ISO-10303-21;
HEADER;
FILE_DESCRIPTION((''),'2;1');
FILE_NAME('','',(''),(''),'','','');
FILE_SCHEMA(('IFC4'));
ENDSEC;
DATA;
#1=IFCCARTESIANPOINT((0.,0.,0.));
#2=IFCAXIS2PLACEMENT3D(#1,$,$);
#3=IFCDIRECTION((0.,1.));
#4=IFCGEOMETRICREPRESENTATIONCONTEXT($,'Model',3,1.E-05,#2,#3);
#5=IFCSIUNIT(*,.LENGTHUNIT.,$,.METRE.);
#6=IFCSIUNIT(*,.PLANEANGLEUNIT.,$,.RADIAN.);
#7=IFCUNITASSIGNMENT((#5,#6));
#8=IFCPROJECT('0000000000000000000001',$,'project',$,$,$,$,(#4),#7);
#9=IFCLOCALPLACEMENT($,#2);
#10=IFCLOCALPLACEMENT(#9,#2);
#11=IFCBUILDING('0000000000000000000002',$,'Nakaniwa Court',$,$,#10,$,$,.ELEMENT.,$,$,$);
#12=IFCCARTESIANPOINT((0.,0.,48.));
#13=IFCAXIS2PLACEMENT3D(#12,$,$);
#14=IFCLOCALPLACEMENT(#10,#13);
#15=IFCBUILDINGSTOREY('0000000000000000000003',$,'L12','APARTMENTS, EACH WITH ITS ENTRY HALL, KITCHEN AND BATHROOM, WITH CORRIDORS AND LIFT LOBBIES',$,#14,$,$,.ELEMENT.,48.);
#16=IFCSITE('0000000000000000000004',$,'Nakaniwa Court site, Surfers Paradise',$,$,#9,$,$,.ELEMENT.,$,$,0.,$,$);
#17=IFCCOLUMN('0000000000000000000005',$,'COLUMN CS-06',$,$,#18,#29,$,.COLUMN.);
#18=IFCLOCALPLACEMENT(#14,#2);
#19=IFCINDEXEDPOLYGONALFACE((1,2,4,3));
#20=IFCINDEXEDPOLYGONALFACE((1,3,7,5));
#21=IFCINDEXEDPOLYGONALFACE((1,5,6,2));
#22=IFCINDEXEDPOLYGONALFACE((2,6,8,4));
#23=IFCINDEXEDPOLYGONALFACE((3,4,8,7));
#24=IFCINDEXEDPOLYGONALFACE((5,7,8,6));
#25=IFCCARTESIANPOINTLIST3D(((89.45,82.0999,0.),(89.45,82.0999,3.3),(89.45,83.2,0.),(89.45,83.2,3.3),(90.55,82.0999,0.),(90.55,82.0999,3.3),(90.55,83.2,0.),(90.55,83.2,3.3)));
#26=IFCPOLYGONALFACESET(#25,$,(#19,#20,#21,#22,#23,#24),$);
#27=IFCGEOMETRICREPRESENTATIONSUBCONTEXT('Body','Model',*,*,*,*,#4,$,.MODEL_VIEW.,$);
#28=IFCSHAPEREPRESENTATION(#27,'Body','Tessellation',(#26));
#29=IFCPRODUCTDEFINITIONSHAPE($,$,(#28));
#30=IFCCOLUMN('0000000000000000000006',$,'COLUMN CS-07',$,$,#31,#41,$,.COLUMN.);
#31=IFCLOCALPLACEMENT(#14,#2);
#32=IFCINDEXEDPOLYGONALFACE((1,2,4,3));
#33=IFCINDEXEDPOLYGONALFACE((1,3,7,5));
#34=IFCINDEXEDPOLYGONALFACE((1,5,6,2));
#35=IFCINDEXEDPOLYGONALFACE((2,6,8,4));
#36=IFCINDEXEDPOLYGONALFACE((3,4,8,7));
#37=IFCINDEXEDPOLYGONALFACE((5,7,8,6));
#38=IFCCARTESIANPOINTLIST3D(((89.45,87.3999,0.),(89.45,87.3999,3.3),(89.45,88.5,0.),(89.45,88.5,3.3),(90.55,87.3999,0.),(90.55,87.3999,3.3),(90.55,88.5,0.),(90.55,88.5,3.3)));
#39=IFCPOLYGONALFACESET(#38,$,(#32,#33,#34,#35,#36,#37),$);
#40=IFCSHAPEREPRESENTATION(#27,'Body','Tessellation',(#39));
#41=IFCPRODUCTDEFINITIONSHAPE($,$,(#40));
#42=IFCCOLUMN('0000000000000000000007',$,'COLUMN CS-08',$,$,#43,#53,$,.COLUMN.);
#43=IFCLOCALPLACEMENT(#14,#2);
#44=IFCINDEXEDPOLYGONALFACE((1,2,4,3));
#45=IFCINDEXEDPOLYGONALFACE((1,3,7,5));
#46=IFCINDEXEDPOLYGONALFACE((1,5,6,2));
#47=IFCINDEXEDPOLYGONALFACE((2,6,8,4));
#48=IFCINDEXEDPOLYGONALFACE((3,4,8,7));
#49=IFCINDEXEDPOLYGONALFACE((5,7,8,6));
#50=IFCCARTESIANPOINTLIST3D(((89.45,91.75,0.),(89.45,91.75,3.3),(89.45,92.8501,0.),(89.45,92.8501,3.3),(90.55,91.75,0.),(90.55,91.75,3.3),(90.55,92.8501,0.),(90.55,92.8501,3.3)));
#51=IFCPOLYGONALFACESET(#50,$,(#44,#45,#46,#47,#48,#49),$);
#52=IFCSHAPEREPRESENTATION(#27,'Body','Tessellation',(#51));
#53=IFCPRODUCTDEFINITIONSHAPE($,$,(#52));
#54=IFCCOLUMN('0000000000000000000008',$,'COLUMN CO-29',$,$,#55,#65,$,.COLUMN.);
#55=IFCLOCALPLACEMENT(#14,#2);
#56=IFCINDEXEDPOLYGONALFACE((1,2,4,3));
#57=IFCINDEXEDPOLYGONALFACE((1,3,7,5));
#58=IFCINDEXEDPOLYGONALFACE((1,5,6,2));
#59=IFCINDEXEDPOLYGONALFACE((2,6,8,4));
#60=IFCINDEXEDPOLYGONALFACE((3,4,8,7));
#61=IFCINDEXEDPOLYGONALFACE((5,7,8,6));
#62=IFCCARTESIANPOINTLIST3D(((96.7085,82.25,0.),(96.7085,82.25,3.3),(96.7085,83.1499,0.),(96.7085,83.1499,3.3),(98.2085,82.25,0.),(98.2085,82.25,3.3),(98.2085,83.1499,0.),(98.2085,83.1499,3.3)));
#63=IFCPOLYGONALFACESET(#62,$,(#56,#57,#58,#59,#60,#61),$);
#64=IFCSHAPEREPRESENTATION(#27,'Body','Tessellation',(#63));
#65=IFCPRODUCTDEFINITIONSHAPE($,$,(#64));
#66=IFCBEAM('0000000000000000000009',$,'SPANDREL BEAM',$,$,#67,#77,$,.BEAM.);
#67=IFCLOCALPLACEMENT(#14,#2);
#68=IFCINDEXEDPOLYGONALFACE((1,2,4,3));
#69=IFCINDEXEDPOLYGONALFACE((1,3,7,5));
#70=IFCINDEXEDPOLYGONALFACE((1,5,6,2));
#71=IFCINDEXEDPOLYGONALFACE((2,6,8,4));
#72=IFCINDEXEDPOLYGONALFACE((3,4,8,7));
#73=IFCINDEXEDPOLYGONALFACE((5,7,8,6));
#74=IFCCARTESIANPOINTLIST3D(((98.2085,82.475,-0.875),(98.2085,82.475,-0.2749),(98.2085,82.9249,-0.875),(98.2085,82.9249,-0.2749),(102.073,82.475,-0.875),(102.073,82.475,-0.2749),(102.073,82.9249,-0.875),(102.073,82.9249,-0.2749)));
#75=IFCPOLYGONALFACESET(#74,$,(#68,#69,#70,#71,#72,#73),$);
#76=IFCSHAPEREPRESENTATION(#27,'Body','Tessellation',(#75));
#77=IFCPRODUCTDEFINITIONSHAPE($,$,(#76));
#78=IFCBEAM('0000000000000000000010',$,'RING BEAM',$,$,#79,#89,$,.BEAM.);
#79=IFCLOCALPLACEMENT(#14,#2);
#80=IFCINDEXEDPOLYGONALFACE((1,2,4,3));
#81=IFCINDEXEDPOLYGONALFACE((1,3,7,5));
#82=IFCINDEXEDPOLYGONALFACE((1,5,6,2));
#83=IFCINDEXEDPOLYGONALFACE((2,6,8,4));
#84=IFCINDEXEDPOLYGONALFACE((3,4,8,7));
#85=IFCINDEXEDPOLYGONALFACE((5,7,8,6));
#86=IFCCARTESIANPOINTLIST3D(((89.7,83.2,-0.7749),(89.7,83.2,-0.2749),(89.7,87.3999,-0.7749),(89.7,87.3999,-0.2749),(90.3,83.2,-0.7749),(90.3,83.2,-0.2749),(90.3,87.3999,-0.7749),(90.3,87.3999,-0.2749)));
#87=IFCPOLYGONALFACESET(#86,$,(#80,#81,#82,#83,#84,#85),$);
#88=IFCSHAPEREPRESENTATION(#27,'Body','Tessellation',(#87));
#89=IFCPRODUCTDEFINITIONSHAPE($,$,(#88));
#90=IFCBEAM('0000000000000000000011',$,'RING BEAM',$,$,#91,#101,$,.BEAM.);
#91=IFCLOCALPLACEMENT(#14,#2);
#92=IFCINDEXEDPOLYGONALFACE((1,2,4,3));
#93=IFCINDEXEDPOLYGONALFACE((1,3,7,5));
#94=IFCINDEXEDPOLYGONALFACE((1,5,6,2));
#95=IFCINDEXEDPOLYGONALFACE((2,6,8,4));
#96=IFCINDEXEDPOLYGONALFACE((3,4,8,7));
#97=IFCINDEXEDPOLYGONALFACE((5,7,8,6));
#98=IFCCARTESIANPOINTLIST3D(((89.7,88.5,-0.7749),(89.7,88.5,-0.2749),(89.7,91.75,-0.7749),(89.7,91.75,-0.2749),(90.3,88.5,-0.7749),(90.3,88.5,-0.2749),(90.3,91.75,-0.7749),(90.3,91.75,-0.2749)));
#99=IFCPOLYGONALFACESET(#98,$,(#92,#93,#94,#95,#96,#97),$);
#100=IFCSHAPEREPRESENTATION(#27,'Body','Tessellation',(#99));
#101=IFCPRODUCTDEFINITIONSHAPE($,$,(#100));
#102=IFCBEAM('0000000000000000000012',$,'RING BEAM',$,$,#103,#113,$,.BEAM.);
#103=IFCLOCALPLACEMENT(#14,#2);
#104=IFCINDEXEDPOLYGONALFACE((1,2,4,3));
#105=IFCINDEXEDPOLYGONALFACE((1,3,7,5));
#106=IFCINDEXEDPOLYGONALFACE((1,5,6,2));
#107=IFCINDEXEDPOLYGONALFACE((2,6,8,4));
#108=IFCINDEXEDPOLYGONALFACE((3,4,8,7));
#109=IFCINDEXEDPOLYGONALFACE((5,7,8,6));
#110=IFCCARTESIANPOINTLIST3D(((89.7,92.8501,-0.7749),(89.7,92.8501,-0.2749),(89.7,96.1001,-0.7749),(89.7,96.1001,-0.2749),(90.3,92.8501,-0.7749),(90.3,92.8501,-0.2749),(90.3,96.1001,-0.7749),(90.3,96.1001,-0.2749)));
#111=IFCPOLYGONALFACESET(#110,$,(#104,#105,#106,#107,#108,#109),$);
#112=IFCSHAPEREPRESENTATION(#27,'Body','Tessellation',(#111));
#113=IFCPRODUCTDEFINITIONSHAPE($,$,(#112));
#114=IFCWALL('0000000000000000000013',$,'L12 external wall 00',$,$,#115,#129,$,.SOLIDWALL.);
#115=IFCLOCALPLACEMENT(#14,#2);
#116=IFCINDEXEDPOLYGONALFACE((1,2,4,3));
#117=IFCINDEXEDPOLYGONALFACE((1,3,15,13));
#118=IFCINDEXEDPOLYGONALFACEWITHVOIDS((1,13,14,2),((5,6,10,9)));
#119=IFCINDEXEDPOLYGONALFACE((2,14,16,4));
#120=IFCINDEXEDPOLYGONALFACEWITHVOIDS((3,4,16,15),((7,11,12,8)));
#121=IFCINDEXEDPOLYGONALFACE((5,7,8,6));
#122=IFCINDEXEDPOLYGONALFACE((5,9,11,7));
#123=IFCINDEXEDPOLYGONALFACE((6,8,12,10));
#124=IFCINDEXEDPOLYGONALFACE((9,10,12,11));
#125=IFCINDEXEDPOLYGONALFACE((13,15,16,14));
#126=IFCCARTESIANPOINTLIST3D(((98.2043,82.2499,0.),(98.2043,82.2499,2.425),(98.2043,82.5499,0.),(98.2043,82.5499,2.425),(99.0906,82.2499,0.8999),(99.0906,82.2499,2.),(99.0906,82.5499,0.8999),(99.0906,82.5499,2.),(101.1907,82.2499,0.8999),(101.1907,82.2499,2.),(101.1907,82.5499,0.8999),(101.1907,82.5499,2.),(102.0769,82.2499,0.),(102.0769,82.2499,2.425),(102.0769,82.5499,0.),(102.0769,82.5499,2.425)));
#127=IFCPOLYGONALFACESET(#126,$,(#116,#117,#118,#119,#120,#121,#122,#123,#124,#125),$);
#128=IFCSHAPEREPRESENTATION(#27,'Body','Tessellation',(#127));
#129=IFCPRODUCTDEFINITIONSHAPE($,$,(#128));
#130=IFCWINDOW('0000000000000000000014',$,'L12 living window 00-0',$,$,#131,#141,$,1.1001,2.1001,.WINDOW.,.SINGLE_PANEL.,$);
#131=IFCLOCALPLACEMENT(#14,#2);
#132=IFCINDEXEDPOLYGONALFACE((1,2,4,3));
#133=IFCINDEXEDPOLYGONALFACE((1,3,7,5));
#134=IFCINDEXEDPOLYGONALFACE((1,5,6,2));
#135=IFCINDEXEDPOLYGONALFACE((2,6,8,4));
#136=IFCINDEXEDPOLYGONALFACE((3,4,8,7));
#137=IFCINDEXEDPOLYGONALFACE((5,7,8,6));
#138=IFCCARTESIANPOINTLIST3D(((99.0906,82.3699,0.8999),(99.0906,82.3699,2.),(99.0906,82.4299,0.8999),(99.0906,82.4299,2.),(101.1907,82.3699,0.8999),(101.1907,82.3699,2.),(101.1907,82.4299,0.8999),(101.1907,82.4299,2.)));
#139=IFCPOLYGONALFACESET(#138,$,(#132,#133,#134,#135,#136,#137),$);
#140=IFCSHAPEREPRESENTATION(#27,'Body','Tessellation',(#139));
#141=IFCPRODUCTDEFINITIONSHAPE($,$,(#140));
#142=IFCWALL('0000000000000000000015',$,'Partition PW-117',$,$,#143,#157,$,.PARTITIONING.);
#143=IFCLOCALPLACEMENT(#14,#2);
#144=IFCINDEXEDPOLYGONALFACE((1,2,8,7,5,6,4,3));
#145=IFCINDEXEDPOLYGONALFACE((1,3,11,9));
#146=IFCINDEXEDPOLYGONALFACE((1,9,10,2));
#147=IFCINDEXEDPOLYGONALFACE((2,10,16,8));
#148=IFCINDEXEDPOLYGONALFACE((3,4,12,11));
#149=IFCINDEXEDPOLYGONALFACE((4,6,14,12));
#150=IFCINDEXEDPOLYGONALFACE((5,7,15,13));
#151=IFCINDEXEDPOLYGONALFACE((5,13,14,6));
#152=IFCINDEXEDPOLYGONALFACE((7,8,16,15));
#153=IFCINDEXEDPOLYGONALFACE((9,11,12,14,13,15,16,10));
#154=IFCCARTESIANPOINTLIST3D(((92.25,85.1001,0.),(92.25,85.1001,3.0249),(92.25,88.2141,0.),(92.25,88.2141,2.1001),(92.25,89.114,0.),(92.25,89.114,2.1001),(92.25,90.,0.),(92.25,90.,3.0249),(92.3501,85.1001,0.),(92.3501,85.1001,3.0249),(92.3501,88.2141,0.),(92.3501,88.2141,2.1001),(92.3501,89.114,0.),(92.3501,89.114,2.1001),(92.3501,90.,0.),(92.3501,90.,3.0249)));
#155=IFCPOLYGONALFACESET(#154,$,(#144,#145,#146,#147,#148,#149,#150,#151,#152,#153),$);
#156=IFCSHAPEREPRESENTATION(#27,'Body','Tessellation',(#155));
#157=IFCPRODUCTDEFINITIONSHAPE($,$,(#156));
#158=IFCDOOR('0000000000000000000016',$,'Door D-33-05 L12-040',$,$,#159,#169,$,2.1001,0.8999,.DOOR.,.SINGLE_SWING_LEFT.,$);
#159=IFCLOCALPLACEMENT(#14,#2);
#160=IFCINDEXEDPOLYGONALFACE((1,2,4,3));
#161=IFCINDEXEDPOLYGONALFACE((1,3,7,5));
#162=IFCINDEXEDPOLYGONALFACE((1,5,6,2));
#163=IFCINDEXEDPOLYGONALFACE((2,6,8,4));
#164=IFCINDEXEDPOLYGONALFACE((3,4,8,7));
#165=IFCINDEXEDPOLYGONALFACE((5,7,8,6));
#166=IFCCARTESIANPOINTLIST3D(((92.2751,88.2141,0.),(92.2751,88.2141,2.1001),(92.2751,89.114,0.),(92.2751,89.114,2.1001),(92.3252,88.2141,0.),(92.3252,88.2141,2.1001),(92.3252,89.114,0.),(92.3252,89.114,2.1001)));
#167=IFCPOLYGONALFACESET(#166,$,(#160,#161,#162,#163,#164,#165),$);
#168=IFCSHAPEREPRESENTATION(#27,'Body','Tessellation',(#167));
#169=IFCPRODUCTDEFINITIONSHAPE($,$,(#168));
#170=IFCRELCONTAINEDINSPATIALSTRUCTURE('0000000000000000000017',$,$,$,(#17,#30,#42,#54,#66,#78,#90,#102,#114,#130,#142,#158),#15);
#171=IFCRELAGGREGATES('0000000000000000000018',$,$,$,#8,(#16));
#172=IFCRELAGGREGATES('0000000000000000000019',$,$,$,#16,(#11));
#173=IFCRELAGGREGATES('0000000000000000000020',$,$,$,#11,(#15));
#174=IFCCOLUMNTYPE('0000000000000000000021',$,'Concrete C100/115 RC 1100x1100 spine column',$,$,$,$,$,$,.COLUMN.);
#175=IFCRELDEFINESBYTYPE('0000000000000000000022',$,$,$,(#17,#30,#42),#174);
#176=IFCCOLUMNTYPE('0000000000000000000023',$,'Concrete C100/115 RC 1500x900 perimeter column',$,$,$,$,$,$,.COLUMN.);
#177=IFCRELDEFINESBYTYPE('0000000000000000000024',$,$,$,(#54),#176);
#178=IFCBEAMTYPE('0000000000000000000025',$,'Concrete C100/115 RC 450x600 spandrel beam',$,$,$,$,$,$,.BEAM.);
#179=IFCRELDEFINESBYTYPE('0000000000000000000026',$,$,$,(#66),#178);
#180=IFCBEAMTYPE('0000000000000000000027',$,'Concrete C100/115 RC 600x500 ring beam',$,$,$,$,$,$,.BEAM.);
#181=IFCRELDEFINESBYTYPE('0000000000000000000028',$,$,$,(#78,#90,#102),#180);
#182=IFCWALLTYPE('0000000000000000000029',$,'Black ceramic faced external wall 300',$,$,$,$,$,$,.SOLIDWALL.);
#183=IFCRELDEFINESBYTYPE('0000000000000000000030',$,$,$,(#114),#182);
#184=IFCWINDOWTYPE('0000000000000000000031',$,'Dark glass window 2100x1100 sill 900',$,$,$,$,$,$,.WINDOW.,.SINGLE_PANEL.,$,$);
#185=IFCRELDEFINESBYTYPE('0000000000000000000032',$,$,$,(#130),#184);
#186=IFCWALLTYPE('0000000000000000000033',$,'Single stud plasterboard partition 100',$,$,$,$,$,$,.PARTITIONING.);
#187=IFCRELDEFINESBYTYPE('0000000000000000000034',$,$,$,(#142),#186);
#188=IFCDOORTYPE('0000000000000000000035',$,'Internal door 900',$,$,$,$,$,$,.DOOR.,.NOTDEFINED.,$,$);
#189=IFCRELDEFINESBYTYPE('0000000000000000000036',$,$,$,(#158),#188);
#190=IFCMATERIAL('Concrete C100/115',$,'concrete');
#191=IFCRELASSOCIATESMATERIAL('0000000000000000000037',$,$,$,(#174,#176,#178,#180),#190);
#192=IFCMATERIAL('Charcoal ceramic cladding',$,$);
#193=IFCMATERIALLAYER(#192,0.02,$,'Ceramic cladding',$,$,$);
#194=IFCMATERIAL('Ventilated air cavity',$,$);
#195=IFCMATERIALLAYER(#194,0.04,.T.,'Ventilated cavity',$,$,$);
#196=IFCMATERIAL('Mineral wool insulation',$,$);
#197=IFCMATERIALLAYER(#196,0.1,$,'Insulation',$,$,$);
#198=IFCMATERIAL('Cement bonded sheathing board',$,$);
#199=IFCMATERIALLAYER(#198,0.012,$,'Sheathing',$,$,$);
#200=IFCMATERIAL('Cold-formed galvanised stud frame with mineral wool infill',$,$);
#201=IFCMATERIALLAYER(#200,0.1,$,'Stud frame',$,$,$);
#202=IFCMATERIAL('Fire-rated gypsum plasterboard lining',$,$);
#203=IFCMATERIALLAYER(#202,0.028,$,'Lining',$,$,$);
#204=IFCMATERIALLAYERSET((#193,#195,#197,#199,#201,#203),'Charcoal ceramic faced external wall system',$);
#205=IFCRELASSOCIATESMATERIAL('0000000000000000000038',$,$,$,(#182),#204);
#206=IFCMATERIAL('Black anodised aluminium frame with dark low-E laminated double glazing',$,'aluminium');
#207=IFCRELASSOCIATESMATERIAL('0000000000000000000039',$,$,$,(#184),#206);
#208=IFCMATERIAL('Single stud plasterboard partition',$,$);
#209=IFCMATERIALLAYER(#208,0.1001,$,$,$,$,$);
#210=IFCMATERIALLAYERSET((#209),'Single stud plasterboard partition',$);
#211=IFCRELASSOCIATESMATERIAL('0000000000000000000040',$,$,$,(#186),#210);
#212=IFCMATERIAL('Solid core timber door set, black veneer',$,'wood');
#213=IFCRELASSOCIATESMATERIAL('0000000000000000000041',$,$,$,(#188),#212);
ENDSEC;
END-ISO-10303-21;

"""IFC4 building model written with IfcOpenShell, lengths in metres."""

from ifc_helpers import new_model, si_unit, direction, frame, frame_2d, origin, origin_2d, place, context, subcontext, project, spatial, rectangle, extrude, material, layer, layer_set, material_profile, profile_set, type_object, element, fill, save


model = new_model("IFC4")

# Units and contexts
model_context = context("Model", 3, precision=1e-05, world=origin(), true_north=direction((0.0, 1.0)))
body_context = subcontext(model_context, "Body", "Model", "MODEL_VIEW")
ifc_project = project(units=[si_unit("LENGTHUNIT", "METRE"), si_unit("PLANEANGLEUNIT", "RADIAN")], contexts=[model_context])

# Site, building, storey
site_placement = place(None, origin())
site = spatial("IfcSite", under=ifc_project, at=site_placement, Name="Nakaniwa Court site, Surfers Paradise", CompositionType="ELEMENT", RefElevation=0.0)
building_placement = place(site_placement, origin())
building = spatial("IfcBuilding", under=site, at=building_placement, Name="Nakaniwa Court", CompositionType="ELEMENT")
storey_placement = place(building_placement, frame((0.0, 0.0, 48.0)))
storey = spatial("IfcBuildingStorey", under=building, at=storey_placement, Name="L12", Description="APARTMENTS, EACH WITH ITS ENTRY HALL, KITCHEN AND BATHROOM, WITH CORRIDORS AND LIFT LOBBIES", CompositionType="ELEMENT", Elevation=48.0)

# Columns
ifc_material_1 = material(Name="Concrete C100/115", Category="concrete")
ifc_material_profile_1 = material_profile(ifc_material_1, rectangle(XDim=1.1001, YDim=1.1001, at=origin_2d()), Name="Concrete C100/115 RC 1100x1100 spine column")
ifc_profile_set_1 = profile_set([ifc_material_profile_1], Name="Concrete C100/115")
column_type_1 = type_object("IfcColumnType", Name="Concrete C100/115 RC 1100x1100 spine column", PredefinedType="COLUMN", material=ifc_profile_set_1)
for number, where, z_axis, x_axis, name in (
    (1, (90.0, 82.6499, 0.0), (0.0, 0.0, 1.0), (0.0, 1.0, 0.0), "COLUMN CS-06"),
    (2, (90.0, 87.95, 0.0), (0.0, 0.0, 1.0), (0.0, 1.0, 0.0), "COLUMN CS-07"),
    (3, (90.0, 92.3, 0.0), (0.0, 0.0, 1.0), (0.0, 1.0, 0.0), "COLUMN CS-08"),
):
    element("IfcColumn", number, at=place(storey_placement, frame(where, z_axis=z_axis, x_axis=x_axis)), inside=storey, type_object=column_type_1, Name=name, PredefinedType="COLUMN", context=body_context, shape_type="SweptSolid", body=[
        extrude(rectangle(XDim=1.1001, YDim=1.1001, at=origin_2d()), origin(), (0.0, 0.0, 1.0), 3.3),
    ])
ifc_material_profile_2 = material_profile(ifc_material_1, rectangle(XDim=1.5, YDim=0.8999, at=origin_2d()), Name="Concrete C100/115 RC 1500x900 perimeter column")
ifc_profile_set_2 = profile_set([ifc_material_profile_2], Name="Concrete C100/115")
column_type_2 = type_object("IfcColumnType", Name="Concrete C100/115 RC 1500x900 perimeter column", PredefinedType="COLUMN", material=ifc_profile_set_2)
column_placement = place(storey_placement, frame((97.4585, 82.7, 0.0), z_axis=(0.0, 0.0, 1.0), x_axis=(1.0, 0.0, 0.0)))
element("IfcColumn", 4, at=column_placement, inside=storey, type_object=column_type_2, Name="COLUMN CO-29", PredefinedType="COLUMN", context=body_context, shape_type="SweptSolid", body=[
    extrude(rectangle(XDim=1.5, YDim=0.8999, at=origin_2d()), origin(), (0.0, 0.0, 1.0), 3.3),
])

# Beams
ifc_material_profile_3 = material_profile(ifc_material_1, rectangle(XDim=0.45, YDim=0.6001, at=origin_2d()), Name="Concrete C100/115 RC 450x600 spandrel beam")
ifc_profile_set_3 = profile_set([ifc_material_profile_3], Name="Concrete C100/115")
beam_type_1 = type_object("IfcBeamType", Name="Concrete C100/115 RC 450x600 spandrel beam", PredefinedType="BEAM", material=ifc_profile_set_3)
beam_1_placement = place(storey_placement, frame((98.2085, 82.7, -0.575), z_axis=(1.0, 0.0, 0.0), x_axis=(0.0, 1.0, 0.0)))
element("IfcBeam", 5, at=beam_1_placement, inside=storey, type_object=beam_type_1, Name="SPANDREL BEAM", PredefinedType="BEAM", context=body_context, shape_type="SweptSolid", body=[
    extrude(rectangle(XDim=0.45, YDim=0.6001, at=origin_2d()), origin(), (0.0, 0.0, 1.0), 3.8645),
])
ifc_material_profile_4 = material_profile(ifc_material_1, rectangle(XDim=0.6001, YDim=0.5, at=origin_2d()), Name="Concrete C100/115 RC 600x500 ring beam")
ifc_profile_set_4 = profile_set([ifc_material_profile_4], Name="Concrete C100/115")
beam_type_2 = type_object("IfcBeamType", Name="Concrete C100/115 RC 600x500 ring beam", PredefinedType="BEAM", material=ifc_profile_set_4)
beam_2_placement = place(storey_placement, frame((90.0, 83.2, -0.5249), z_axis=(0.0, 1.0, 0.0), x_axis=(-1.0, 0.0, 0.0)))
element("IfcBeam", 6, at=beam_2_placement, inside=storey, type_object=beam_type_2, Name="RING BEAM", PredefinedType="BEAM", context=body_context, shape_type="SweptSolid", body=[
    extrude(rectangle(XDim=0.6001, YDim=0.5, at=origin_2d()), origin(), (0.0, 0.0, 1.0), 4.2),
])
for number, where, z_axis, x_axis, name in (
    (7, (90.0, 88.5, -0.5249), (0.0, 1.0, 0.0), (-1.0, 0.0, 0.0), "RING BEAM"),
    (8, (90.0, 92.8501, -0.5249), (0.0, 1.0, 0.0), (-1.0, 0.0, 0.0), "RING BEAM"),
):
    element("IfcBeam", number, at=place(storey_placement, frame(where, z_axis=z_axis, x_axis=x_axis)), inside=storey, type_object=beam_type_2, Name=name, PredefinedType="BEAM", context=body_context, shape_type="SweptSolid", body=[
        extrude(rectangle(XDim=0.6001, YDim=0.5, at=origin_2d()), origin(), (0.0, 0.0, 1.0), 3.25),
    ])

# Wall, opening, window
ifc_material_2 = material(Name="Charcoal ceramic cladding")
ifc_layer_1 = layer(ifc_material_2, 0.02, Name="Ceramic cladding")
ifc_material_3 = material(Name="Ventilated air cavity")
ifc_layer_2 = layer(ifc_material_3, 0.04, ventilated=True, Name="Ventilated cavity")
ifc_material_4 = material(Name="Mineral wool insulation")
ifc_layer_3 = layer(ifc_material_4, 0.1, Name="Insulation")
ifc_material_5 = material(Name="Cement bonded sheathing board")
ifc_layer_4 = layer(ifc_material_5, 0.012, Name="Sheathing")
ifc_material_6 = material(Name="Cold-formed galvanised stud frame with mineral wool infill")
ifc_layer_5 = layer(ifc_material_6, 0.1, Name="Stud frame")
ifc_material_7 = material(Name="Fire-rated gypsum plasterboard lining")
ifc_layer_6 = layer(ifc_material_7, 0.028, Name="Lining")
ifc_layer_set_1 = layer_set([ifc_layer_1, ifc_layer_2, ifc_layer_3, ifc_layer_4, ifc_layer_5, ifc_layer_6], Name="Charcoal ceramic faced external wall system")
wall_type_1 = type_object("IfcWallType", Name="Black ceramic faced external wall 300", PredefinedType="SOLIDWALL", material=ifc_layer_set_1)
wall_1_placement = place(storey_placement, frame((98.2043, 82.3999, 0.0), z_axis=(0.0, 0.0, 1.0), x_axis=(1.0, 0.0, 0.0)))
wall_1 = element("IfcWall", 9, at=wall_1_placement, inside=storey, type_object=wall_type_1, Name="L12 external wall 00", PredefinedType="SOLIDWALL", context=body_context, shape_type="SweptSolid", body=[
    extrude(rectangle(XDim=3.8726, YDim=0.3, at=frame_2d((1.9363, 0.0))), origin(), (0.0, 0.0, 1.0), 2.425),
])
opening_1_placement = place(wall_1_placement, frame((0.8862, 0.0, 0.8999)))
opening_1 = element("IfcOpeningElement", 10, at=opening_1_placement, cuts=wall_1, PredefinedType="OPENING", context=body_context, shape_type="SweptSolid", body=[
    extrude(rectangle(XDim=2.1001, YDim=1.1001, at=frame_2d((1.05, 0.55))), frame((0.0, 0.1599, 0.0), z_axis=(0.0, -1.0, 0.0), x_axis=(1.0, 0.0, 0.0)), (0.0, 0.0, 1.0), 0.3201),
])
ifc_material_8 = material(Name="Black anodised aluminium frame with dark low-E laminated double glazing", Category="aluminium")
window_type = type_object("IfcWindowType", Name="Dark glass window 2100x1100 sill 900", PartitioningType="SINGLE_PANEL", PredefinedType="WINDOW", material=ifc_material_8)
window_placement = place(opening_1_placement, origin())
window = element("IfcWindow", 11, at=window_placement, inside=storey, type_object=window_type, Name="L12 living window 00-0", OverallHeight=1.1001, OverallWidth=2.1001, PartitioningType="SINGLE_PANEL", PredefinedType="WINDOW", context=body_context, shape_type="SweptSolid", body=[
    extrude(rectangle(XDim=2.1001, YDim=1.1001, at=frame_2d((1.05, 0.55))), frame((0.0, 0.03, 0.0), z_axis=(0.0, -1.0, 0.0), x_axis=(1.0, 0.0, 0.0)), (0.0, 0.0, 1.0), 0.0601),
])
fill(opening_1, window)

# Wall, opening, door
ifc_material_9 = material(Name="Single stud plasterboard partition")
ifc_layer_7 = layer(ifc_material_9, 0.1001)
ifc_layer_set_2 = layer_set([ifc_layer_7], Name="Single stud plasterboard partition")
wall_type_2 = type_object("IfcWallType", Name="Single stud plasterboard partition 100", PredefinedType="PARTITIONING", material=ifc_layer_set_2)
wall_2_placement = place(storey_placement, frame((92.3, 85.1001, 0.0), z_axis=(0.0, 0.0, 1.0), x_axis=(0.0, 1.0, 0.0)))
wall_2 = element("IfcWall", 12, at=wall_2_placement, inside=storey, type_object=wall_type_2, Name="Partition PW-117", PredefinedType="PARTITIONING", context=body_context, shape_type="SweptSolid", body=[
    extrude(rectangle(XDim=4.8999, YDim=0.1001, at=frame_2d((2.45, 0.0))), origin(), (0.0, 0.0, 1.0), 3.0249),
])
opening_2_placement = place(wall_2_placement, frame((3.114, 0.0, 0.0)))
opening_2 = element("IfcOpeningElement", 13, at=opening_2_placement, cuts=wall_2, PredefinedType="OPENING", context=body_context, shape_type="SweptSolid", body=[
    extrude(rectangle(XDim=0.8999, YDim=2.1001, at=frame_2d((0.45, 1.05))), frame((0.0, 0.0601, 0.0), z_axis=(0.0, -1.0, 0.0), x_axis=(1.0, 0.0, 0.0)), (0.0, 0.0, 1.0), 0.1201),
])
ifc_material_10 = material(Name="Solid core timber door set, black veneer", Category="wood")
door_type = type_object("IfcDoorType", Name="Internal door 900", OperationType="NOTDEFINED", PredefinedType="DOOR", material=ifc_material_10)
door_1_placement = place(opening_2_placement, origin())
door_1 = element("IfcDoor", 14, at=door_1_placement, inside=storey, type_object=door_type, Name="Door D-33-05 L12-040", OperationType="SINGLE_SWING_LEFT", OverallHeight=2.1001, OverallWidth=0.8999, PredefinedType="DOOR", context=body_context, shape_type="SweptSolid", body=[
    extrude(rectangle(XDim=0.8999, YDim=2.1001, at=frame_2d((0.45, 1.05))), frame((0.0, 0.0249, 0.0), z_axis=(0.0, -1.0, 0.0), x_axis=(1.0, 0.0, 0.0)), (0.0, 0.0, 1.0), 0.05),
])
fill(opening_2, door_1)

save(model, "model.ifc")
